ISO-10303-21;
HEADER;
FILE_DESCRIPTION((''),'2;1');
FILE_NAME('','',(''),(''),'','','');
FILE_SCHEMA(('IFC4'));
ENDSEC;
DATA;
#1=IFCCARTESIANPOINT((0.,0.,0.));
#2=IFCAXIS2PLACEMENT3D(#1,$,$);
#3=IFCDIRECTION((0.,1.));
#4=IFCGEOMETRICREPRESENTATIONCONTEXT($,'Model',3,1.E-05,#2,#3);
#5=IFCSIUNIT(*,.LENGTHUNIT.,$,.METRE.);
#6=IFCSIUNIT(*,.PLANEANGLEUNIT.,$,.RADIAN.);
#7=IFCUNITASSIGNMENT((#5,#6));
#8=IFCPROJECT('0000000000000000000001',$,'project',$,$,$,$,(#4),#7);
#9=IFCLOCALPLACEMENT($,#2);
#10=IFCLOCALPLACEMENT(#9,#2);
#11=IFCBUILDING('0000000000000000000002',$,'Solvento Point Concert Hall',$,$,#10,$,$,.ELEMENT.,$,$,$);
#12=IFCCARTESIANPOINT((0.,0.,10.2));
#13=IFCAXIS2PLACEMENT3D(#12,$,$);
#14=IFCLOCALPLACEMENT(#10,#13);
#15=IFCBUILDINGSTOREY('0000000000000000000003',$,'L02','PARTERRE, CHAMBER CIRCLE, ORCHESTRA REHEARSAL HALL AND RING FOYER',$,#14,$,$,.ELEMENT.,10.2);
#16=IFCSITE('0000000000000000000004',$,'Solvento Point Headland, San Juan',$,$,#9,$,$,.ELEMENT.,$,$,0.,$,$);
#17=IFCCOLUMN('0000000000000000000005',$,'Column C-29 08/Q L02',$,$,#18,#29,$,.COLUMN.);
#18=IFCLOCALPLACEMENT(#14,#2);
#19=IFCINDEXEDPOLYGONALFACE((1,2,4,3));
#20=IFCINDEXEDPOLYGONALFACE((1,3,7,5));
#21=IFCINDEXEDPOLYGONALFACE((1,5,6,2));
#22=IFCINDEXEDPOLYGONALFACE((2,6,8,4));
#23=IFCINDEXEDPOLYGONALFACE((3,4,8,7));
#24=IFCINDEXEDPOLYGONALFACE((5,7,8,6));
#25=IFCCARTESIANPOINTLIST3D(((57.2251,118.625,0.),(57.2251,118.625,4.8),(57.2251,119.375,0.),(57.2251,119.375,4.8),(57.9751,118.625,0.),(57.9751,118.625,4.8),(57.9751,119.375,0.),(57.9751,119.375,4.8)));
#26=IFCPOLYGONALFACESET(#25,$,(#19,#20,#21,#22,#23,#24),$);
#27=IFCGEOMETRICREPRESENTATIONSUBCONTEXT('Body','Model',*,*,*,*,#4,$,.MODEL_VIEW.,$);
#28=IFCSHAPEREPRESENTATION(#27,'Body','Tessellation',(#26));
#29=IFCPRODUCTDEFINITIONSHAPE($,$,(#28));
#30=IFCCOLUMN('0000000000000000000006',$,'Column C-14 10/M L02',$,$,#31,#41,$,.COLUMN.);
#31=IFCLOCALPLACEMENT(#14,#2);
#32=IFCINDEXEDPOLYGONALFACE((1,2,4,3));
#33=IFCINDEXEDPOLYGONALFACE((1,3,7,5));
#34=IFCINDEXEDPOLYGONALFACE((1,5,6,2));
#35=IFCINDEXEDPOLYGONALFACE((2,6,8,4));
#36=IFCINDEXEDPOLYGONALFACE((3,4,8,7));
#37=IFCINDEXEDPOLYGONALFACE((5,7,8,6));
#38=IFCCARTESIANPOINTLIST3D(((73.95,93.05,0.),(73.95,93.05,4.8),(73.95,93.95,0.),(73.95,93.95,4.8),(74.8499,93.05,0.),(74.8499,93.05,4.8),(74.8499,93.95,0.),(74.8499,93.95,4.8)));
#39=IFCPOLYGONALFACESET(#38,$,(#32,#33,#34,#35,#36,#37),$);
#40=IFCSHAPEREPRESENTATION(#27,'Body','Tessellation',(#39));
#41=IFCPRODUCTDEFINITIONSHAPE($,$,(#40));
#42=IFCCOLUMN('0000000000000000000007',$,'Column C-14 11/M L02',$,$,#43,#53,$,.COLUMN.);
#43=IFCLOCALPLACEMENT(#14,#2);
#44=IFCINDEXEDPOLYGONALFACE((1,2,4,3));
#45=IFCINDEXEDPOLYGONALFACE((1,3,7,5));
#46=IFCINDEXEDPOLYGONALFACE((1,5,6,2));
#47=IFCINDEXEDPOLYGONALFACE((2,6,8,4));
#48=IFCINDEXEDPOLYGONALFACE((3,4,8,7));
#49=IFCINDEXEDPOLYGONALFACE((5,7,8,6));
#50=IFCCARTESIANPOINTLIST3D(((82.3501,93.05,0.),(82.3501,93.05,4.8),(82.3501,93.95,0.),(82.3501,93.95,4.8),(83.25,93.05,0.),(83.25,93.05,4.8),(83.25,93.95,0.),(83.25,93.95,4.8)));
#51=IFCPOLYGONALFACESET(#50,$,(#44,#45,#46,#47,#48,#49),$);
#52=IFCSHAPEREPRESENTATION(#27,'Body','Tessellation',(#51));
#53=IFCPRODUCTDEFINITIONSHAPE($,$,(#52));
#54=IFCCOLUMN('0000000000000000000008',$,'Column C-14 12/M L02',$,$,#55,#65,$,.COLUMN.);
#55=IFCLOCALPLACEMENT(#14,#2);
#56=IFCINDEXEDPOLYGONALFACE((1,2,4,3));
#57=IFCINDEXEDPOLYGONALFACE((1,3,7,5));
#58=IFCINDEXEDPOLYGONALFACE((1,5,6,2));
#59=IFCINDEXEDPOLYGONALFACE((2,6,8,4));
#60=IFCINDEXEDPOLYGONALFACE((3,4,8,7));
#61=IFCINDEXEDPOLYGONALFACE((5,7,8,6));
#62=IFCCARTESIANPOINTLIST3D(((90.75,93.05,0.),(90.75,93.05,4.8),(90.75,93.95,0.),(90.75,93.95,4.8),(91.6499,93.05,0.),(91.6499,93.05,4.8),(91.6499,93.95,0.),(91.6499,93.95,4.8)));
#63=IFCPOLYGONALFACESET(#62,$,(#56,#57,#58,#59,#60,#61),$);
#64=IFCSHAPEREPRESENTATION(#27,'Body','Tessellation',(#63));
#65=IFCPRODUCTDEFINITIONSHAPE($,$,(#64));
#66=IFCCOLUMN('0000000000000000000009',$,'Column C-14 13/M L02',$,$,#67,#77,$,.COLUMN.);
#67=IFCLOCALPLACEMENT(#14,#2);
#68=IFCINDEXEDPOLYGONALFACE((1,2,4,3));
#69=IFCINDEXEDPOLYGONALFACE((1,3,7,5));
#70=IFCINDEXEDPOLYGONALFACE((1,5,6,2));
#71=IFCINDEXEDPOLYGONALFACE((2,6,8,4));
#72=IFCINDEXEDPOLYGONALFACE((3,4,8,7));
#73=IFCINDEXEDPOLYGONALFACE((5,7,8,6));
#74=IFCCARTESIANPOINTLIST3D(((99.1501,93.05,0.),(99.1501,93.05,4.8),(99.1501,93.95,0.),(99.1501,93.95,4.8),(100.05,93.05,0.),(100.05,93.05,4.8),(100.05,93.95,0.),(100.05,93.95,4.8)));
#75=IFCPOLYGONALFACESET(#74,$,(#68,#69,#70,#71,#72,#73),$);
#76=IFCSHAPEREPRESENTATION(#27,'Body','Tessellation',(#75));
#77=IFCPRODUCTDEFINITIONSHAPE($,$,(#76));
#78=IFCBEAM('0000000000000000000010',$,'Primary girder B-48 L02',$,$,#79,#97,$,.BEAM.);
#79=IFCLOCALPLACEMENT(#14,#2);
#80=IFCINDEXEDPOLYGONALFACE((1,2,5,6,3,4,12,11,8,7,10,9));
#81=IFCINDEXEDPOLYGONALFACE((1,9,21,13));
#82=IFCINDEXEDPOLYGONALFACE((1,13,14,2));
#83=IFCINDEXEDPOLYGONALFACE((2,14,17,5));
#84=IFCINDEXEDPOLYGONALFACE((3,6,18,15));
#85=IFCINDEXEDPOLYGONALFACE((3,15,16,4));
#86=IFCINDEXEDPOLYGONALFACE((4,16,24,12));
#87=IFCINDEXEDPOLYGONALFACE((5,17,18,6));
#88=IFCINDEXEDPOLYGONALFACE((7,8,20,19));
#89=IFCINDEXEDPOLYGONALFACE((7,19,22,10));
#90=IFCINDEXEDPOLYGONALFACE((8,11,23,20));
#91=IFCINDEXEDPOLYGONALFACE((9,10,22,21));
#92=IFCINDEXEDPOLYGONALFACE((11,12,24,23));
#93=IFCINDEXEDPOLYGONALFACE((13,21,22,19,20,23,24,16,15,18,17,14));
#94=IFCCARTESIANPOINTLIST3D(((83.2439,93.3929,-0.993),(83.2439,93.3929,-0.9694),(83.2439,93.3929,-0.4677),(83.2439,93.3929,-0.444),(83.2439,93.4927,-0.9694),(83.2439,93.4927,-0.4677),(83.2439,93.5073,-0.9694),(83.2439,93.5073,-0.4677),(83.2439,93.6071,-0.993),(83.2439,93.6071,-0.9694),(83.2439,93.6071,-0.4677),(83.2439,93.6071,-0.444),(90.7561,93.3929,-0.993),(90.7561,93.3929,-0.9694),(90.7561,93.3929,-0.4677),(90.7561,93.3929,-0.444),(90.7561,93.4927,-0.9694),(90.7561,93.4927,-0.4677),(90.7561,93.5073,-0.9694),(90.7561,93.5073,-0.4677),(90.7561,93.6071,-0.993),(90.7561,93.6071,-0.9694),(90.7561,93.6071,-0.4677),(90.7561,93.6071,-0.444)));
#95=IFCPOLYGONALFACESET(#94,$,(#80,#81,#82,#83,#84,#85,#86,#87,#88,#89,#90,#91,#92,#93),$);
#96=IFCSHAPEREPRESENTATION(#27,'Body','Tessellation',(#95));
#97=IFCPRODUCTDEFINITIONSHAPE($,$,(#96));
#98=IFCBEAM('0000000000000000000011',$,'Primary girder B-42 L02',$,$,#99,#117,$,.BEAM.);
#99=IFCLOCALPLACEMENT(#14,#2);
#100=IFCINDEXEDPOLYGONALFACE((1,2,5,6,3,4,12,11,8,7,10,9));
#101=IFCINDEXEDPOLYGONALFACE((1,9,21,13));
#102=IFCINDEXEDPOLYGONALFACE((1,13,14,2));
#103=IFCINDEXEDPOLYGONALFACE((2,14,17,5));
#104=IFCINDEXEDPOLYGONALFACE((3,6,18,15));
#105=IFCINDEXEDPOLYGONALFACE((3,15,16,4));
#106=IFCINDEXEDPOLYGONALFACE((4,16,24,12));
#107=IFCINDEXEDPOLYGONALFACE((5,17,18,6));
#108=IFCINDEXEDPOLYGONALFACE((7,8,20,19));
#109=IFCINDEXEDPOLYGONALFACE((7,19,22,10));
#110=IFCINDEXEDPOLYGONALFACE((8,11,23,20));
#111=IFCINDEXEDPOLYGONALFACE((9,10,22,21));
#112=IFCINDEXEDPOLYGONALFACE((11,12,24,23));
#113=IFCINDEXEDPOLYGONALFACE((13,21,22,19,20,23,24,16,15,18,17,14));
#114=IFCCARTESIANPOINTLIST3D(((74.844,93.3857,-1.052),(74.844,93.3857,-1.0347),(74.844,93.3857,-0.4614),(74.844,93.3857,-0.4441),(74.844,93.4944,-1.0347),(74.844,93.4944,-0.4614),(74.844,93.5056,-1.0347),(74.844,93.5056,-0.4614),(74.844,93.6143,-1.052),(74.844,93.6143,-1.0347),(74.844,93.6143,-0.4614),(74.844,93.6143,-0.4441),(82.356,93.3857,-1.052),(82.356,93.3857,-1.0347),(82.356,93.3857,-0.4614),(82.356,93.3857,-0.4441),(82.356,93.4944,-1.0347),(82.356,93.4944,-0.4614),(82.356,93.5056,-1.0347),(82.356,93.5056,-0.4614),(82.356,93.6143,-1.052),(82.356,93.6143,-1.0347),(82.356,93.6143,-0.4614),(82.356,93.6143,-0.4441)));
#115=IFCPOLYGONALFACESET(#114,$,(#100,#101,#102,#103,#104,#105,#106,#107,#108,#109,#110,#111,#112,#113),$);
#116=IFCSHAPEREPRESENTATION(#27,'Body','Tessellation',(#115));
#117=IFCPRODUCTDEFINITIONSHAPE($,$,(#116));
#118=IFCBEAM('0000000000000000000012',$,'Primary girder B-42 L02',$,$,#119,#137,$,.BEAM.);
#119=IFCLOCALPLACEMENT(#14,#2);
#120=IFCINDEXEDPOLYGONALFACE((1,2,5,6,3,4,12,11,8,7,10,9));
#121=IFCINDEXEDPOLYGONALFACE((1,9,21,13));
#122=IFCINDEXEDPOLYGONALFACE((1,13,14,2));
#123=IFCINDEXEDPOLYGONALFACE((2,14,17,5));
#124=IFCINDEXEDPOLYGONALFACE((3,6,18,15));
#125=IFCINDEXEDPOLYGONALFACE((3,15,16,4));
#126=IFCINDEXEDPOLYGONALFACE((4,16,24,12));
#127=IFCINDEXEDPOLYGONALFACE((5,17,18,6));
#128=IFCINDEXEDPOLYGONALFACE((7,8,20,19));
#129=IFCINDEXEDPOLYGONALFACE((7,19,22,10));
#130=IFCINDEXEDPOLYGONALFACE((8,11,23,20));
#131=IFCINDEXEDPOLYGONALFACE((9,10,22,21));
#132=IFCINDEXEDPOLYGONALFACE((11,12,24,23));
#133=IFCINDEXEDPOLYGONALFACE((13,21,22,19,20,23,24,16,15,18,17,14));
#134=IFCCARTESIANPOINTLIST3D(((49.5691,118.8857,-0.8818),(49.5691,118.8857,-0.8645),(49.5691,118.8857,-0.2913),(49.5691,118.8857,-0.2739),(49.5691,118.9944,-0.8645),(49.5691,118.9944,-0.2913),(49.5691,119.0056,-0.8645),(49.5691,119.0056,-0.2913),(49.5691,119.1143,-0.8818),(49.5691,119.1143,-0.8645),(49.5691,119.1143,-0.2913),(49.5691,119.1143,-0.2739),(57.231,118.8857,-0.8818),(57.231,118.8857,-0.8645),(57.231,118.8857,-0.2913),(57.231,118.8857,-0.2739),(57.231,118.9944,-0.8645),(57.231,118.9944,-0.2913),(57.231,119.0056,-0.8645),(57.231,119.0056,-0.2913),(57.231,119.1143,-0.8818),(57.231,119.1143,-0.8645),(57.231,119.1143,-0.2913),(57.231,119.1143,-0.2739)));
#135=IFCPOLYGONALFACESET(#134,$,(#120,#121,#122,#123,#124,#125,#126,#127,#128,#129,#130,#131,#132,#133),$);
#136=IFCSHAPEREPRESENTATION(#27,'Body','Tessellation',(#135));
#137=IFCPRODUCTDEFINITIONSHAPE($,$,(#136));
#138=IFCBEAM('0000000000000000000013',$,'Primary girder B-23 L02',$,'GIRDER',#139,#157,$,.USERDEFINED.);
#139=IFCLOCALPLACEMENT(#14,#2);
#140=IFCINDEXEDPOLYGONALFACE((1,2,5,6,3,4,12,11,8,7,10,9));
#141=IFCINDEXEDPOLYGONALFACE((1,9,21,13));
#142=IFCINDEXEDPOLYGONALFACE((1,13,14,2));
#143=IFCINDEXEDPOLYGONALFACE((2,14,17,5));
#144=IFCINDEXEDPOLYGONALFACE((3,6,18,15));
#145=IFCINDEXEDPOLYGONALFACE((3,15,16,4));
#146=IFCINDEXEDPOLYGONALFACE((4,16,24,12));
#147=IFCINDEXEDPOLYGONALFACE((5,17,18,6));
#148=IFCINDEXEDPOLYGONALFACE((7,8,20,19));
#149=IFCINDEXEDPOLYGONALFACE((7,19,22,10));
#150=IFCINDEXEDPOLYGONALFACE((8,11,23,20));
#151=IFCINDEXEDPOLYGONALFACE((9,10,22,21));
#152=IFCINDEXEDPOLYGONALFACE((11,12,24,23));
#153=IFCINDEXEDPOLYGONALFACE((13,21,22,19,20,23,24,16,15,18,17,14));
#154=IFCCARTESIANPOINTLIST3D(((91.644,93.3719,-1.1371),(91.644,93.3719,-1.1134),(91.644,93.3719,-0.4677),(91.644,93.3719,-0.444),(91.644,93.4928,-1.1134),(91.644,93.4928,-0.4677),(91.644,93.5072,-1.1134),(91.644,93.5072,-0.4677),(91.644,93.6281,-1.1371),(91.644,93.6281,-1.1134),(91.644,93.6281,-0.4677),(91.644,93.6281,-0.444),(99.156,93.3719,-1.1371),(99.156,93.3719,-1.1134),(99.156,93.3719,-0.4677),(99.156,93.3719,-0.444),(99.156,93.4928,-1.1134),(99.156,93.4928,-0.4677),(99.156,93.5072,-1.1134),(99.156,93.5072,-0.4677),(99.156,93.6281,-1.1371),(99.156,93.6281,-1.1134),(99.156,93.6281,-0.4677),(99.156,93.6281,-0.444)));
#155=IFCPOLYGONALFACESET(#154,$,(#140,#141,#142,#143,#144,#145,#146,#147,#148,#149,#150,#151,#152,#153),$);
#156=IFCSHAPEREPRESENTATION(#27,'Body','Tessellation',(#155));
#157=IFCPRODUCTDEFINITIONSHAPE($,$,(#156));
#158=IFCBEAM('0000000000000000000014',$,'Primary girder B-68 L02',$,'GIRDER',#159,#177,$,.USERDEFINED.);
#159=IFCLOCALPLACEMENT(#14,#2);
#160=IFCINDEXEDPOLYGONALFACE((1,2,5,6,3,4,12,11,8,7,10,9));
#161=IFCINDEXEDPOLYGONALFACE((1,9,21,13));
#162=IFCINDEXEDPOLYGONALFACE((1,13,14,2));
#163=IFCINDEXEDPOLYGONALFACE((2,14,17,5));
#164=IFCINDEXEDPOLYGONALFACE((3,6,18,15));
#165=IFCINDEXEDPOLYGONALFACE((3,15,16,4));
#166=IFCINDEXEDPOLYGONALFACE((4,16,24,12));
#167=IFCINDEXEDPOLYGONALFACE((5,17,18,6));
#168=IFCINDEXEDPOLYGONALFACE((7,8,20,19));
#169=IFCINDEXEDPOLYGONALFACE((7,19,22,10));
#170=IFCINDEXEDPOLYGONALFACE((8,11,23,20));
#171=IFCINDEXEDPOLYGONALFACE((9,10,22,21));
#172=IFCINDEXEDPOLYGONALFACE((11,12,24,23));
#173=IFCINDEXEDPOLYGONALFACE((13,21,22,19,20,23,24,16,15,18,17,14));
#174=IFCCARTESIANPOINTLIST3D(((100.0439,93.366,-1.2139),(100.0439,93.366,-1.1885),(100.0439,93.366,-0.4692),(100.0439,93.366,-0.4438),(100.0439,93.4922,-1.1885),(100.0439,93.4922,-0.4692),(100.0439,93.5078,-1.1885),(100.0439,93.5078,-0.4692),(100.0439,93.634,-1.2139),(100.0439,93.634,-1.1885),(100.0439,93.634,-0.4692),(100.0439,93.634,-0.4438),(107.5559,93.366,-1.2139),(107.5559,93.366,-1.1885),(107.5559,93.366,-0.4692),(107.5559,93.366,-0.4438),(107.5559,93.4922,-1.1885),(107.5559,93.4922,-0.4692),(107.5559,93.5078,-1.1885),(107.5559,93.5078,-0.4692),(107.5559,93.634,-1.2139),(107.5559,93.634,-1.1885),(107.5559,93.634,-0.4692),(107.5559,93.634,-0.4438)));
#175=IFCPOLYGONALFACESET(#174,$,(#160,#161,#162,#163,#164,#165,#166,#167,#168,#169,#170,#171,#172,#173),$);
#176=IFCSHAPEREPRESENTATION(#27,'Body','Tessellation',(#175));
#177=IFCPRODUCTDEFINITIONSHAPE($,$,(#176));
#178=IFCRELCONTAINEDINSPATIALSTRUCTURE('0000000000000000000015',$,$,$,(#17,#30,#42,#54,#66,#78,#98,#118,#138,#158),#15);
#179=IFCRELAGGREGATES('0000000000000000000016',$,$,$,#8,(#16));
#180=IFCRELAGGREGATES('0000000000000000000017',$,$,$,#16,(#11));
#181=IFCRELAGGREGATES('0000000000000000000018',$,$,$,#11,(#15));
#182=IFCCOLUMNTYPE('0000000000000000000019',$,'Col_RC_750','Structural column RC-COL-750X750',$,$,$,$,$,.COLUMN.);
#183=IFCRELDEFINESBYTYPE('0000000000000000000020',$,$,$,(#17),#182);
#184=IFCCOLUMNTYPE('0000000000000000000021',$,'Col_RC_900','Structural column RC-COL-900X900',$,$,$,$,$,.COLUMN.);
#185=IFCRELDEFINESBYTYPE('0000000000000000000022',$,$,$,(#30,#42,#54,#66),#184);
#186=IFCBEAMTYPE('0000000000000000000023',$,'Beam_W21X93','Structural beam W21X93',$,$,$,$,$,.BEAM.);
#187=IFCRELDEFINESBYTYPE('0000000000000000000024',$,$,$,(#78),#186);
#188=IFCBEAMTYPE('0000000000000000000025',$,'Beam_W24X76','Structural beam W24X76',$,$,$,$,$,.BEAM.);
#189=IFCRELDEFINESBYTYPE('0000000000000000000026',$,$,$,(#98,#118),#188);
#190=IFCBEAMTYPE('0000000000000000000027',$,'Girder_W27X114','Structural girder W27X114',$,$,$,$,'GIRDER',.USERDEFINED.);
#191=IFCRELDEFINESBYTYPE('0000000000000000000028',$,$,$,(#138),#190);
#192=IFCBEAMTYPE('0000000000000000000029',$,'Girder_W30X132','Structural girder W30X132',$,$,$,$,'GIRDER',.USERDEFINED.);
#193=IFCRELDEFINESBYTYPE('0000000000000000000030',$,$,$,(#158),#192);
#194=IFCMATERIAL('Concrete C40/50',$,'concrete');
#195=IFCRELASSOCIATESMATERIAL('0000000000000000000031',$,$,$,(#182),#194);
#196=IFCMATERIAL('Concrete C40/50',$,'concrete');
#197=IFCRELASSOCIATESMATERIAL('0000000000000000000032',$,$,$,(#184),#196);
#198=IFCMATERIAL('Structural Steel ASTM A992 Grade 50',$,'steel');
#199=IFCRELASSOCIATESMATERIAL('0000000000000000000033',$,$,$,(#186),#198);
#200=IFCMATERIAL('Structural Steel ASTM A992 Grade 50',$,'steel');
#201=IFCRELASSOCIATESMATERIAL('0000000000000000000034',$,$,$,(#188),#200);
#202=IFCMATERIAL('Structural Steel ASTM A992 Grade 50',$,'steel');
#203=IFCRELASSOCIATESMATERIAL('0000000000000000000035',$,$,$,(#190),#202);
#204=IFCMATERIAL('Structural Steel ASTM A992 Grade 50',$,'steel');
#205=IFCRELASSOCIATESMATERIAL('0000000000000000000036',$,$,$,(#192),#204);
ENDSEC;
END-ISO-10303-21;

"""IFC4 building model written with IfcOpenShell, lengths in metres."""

from ifc_helpers import new_model, si_unit, direction, frame, origin, origin_2d, place, context, subcontext, project, spatial, rectangle, i_section, extrude, material, material_profile, profile_set, type_object, element, save


model = new_model("IFC4")

# Units and contexts
model_context = context("Model", 3, precision=1e-05, world=origin(), true_north=direction((0.0, 1.0)))
body_context = subcontext(model_context, "Body", "Model", "MODEL_VIEW")
ifc_project = project(units=[si_unit("LENGTHUNIT", "METRE"), si_unit("PLANEANGLEUNIT", "RADIAN")], contexts=[model_context])

# Site, building, storey
site_placement = place(None, origin())
site = spatial("IfcSite", under=ifc_project, at=site_placement, Name="Solvento Point Headland, San Juan", CompositionType="ELEMENT", RefElevation=0.0)
building_placement = place(site_placement, origin())
building = spatial("IfcBuilding", under=site, at=building_placement, Name="Solvento Point Concert Hall", CompositionType="ELEMENT")
storey_placement = place(building_placement, frame((0.0, 0.0, 10.2)))
storey = spatial("IfcBuildingStorey", under=building, at=storey_placement, Name="L02", Description="PARTERRE, CHAMBER CIRCLE, ORCHESTRA REHEARSAL HALL AND RING FOYER", CompositionType="ELEMENT", Elevation=10.2)

# Columns
ifc_material_1 = material(Name="Concrete C40/50", Category="concrete")
ifc_material_profile_1 = material_profile(ifc_material_1, rectangle(XDim=0.75, YDim=0.75, at=origin_2d()), Name="RC-COL-750X750")
ifc_profile_set_1 = profile_set([ifc_material_profile_1], Name="Concrete C40/50")
column_type_1 = type_object("IfcColumnType", Name="Col_RC_750", Description="Structural column RC-COL-750X750", PredefinedType="COLUMN", material=ifc_profile_set_1)
column_placement = place(storey_placement, frame((57.6001, 119.0, 0.0), z_axis=(0.0, 0.0, 1.0), x_axis=(1.0, 0.0, 0.0)))
element("IfcColumn", 1, at=column_placement, inside=storey, type_object=column_type_1, Name="Column C-29 08/Q L02", PredefinedType="COLUMN", context=body_context, shape_type="SweptSolid", body=[
    extrude(rectangle(XDim=0.75, YDim=0.75, at=origin_2d()), origin(), (0.0, 0.0, 1.0), 4.8),
])
ifc_material_2 = material(Name="Concrete C40/50", Category="concrete")
ifc_material_profile_2 = material_profile(ifc_material_2, rectangle(XDim=0.8999, YDim=0.8999, at=origin_2d()), Name="RC-COL-900X900")
ifc_profile_set_2 = profile_set([ifc_material_profile_2], Name="Concrete C40/50")
column_type_2 = type_object("IfcColumnType", Name="Col_RC_900", Description="Structural column RC-COL-900X900", PredefinedType="COLUMN", material=ifc_profile_set_2)
for number, where, z_axis, x_axis, name in (
    (2, (74.3999, 93.5, 0.0), (0.0, 0.0, 1.0), (1.0, 0.0, 0.0), "Column C-14 10/M L02"),
    (3, (82.8, 93.5, 0.0), (0.0, 0.0, 1.0), (1.0, 0.0, 0.0), "Column C-14 11/M L02"),
    (4, (91.2, 93.5, 0.0), (0.0, 0.0, 1.0), (1.0, 0.0, 0.0), "Column C-14 12/M L02"),
    (5, (99.6001, 93.5, 0.0), (0.0, 0.0, 1.0), (1.0, 0.0, 0.0), "Column C-14 13/M L02"),
):
    element("IfcColumn", number, at=place(storey_placement, frame(where, z_axis=z_axis, x_axis=x_axis)), inside=storey, type_object=column_type_2, Name=name, PredefinedType="COLUMN", context=body_context, shape_type="SweptSolid", body=[
        extrude(rectangle(XDim=0.8999, YDim=0.8999, at=origin_2d()), origin(), (0.0, 0.0, 1.0), 4.8),
    ])

# Beams
ifc_material_3 = material(Name="Structural Steel ASTM A992 Grade 50", Category="steel")
ifc_material_profile_3 = material_profile(ifc_material_3, i_section(OverallWidth=0.2141, OverallDepth=0.5491, WebThickness=0.0146, FlangeThickness=0.0237, at=origin_2d()), Name="W21X93")
ifc_profile_set_3 = profile_set([ifc_material_profile_3], Name="Structural Steel ASTM A992 Grade 50")
beam_type_1 = type_object("IfcBeamType", Name="Beam_W21X93", Description="Structural beam W21X93", PredefinedType="BEAM", material=ifc_profile_set_3)
beam_1_placement = place(storey_placement, frame((83.2439, 93.5, -0.7185), z_axis=(1.0, 0.0, 0.0), x_axis=(0.0, 1.0, 0.0)))
element("IfcBeam", 6, at=beam_1_placement, inside=storey, type_object=beam_type_1, Name="Primary girder B-48 L02", PredefinedType="BEAM", context=body_context, shape_type="SweptSolid", body=[
    extrude(i_section(OverallWidth=0.2141, OverallDepth=0.5491, WebThickness=0.0146, FlangeThickness=0.0237, at=origin_2d()), origin(), (0.0, 0.0, 1.0), 7.5122),
])
ifc_material_4 = material(Name="Structural Steel ASTM A992 Grade 50", Category="steel")
ifc_material_profile_4 = material_profile(ifc_material_4, i_section(OverallWidth=0.2285, OverallDepth=0.6079, WebThickness=0.0112, FlangeThickness=0.0173, at=origin_2d()), Name="W24X76")
ifc_profile_set_4 = profile_set([ifc_material_profile_4], Name="Structural Steel ASTM A992 Grade 50")
beam_type_2 = type_object("IfcBeamType", Name="Beam_W24X76", Description="Structural beam W24X76", PredefinedType="BEAM", material=ifc_profile_set_4)
beam_2_placement = place(storey_placement, frame((74.844, 93.5, -0.748), z_axis=(1.0, 0.0, 0.0), x_axis=(0.0, 1.0, 0.0)))
element("IfcBeam", 7, at=beam_2_placement, inside=storey, type_object=beam_type_2, Name="Primary girder B-42 L02", PredefinedType="BEAM", context=body_context, shape_type="SweptSolid", body=[
    extrude(i_section(OverallWidth=0.2285, OverallDepth=0.6079, WebThickness=0.0112, FlangeThickness=0.0173, at=origin_2d()), origin(), (0.0, 0.0, 1.0), 7.512),
])
beam_3_placement = place(storey_placement, frame((49.5691, 119.0, -0.5779), z_axis=(1.0, 0.0, 0.0), x_axis=(0.0, 1.0, 0.0)))
element("IfcBeam", 8, at=beam_3_placement, inside=storey, type_object=beam_type_2, Name="Primary girder B-42 L02", PredefinedType="BEAM", context=body_context, shape_type="SweptSolid", body=[
    extrude(i_section(OverallWidth=0.2285, OverallDepth=0.6079, WebThickness=0.0112, FlangeThickness=0.0173, at=origin_2d()), origin(), (0.0, 0.0, 1.0), 7.6619),
])
ifc_material_5 = material(Name="Structural Steel ASTM A992 Grade 50", Category="steel")
ifc_material_profile_5 = material_profile(ifc_material_5, i_section(OverallWidth=0.2561, OverallDepth=0.6931, WebThickness=0.0144, FlangeThickness=0.0237, at=origin_2d()), Name="W27X114")
ifc_profile_set_5 = profile_set([ifc_material_profile_5], Name="Structural Steel ASTM A992 Grade 50")
beam_type_3 = type_object("IfcBeamType", Name="Girder_W27X114", Description="Structural girder W27X114", ElementType="GIRDER", PredefinedType="USERDEFINED", material=ifc_profile_set_5)
beam_4_placement = place(storey_placement, frame((91.644, 93.5, -0.7905), z_axis=(1.0, 0.0, 0.0), x_axis=(0.0, 1.0, 0.0)))
element("IfcBeam", 9, at=beam_4_placement, inside=storey, type_object=beam_type_3, Name="Primary girder B-23 L02", ObjectType="GIRDER", PredefinedType="USERDEFINED", context=body_context, shape_type="SweptSolid", body=[
    extrude(i_section(OverallWidth=0.2561, OverallDepth=0.6931, WebThickness=0.0144, FlangeThickness=0.0237, at=origin_2d()), origin(), (0.0, 0.0, 1.0), 7.512),
])
ifc_material_6 = material(Name="Structural Steel ASTM A992 Grade 50", Category="steel")
ifc_material_profile_6 = material_profile(ifc_material_6, i_section(OverallWidth=0.2681, OverallDepth=0.77, WebThickness=0.0156, FlangeThickness=0.0254, at=origin_2d()), Name="W30X132")
ifc_profile_set_6 = profile_set([ifc_material_profile_6], Name="Structural Steel ASTM A992 Grade 50")
beam_type_4 = type_object("IfcBeamType", Name="Girder_W30X132", Description="Structural girder W30X132", ElementType="GIRDER", PredefinedType="USERDEFINED", material=ifc_profile_set_6)
beam_5_placement = place(storey_placement, frame((100.0439, 93.5, -0.8289), z_axis=(1.0, 0.0, 0.0), x_axis=(0.0, 1.0, 0.0)))
element("IfcBeam", 10, at=beam_5_placement, inside=storey, type_object=beam_type_4, Name="Primary girder B-68 L02", ObjectType="GIRDER", PredefinedType="USERDEFINED", context=body_context, shape_type="SweptSolid", body=[
    extrude(i_section(OverallWidth=0.2681, OverallDepth=0.77, WebThickness=0.0156, FlangeThickness=0.0254, at=origin_2d()), origin(), (0.0, 0.0, 1.0), 7.512),
])

save(model, "model.ifc")
